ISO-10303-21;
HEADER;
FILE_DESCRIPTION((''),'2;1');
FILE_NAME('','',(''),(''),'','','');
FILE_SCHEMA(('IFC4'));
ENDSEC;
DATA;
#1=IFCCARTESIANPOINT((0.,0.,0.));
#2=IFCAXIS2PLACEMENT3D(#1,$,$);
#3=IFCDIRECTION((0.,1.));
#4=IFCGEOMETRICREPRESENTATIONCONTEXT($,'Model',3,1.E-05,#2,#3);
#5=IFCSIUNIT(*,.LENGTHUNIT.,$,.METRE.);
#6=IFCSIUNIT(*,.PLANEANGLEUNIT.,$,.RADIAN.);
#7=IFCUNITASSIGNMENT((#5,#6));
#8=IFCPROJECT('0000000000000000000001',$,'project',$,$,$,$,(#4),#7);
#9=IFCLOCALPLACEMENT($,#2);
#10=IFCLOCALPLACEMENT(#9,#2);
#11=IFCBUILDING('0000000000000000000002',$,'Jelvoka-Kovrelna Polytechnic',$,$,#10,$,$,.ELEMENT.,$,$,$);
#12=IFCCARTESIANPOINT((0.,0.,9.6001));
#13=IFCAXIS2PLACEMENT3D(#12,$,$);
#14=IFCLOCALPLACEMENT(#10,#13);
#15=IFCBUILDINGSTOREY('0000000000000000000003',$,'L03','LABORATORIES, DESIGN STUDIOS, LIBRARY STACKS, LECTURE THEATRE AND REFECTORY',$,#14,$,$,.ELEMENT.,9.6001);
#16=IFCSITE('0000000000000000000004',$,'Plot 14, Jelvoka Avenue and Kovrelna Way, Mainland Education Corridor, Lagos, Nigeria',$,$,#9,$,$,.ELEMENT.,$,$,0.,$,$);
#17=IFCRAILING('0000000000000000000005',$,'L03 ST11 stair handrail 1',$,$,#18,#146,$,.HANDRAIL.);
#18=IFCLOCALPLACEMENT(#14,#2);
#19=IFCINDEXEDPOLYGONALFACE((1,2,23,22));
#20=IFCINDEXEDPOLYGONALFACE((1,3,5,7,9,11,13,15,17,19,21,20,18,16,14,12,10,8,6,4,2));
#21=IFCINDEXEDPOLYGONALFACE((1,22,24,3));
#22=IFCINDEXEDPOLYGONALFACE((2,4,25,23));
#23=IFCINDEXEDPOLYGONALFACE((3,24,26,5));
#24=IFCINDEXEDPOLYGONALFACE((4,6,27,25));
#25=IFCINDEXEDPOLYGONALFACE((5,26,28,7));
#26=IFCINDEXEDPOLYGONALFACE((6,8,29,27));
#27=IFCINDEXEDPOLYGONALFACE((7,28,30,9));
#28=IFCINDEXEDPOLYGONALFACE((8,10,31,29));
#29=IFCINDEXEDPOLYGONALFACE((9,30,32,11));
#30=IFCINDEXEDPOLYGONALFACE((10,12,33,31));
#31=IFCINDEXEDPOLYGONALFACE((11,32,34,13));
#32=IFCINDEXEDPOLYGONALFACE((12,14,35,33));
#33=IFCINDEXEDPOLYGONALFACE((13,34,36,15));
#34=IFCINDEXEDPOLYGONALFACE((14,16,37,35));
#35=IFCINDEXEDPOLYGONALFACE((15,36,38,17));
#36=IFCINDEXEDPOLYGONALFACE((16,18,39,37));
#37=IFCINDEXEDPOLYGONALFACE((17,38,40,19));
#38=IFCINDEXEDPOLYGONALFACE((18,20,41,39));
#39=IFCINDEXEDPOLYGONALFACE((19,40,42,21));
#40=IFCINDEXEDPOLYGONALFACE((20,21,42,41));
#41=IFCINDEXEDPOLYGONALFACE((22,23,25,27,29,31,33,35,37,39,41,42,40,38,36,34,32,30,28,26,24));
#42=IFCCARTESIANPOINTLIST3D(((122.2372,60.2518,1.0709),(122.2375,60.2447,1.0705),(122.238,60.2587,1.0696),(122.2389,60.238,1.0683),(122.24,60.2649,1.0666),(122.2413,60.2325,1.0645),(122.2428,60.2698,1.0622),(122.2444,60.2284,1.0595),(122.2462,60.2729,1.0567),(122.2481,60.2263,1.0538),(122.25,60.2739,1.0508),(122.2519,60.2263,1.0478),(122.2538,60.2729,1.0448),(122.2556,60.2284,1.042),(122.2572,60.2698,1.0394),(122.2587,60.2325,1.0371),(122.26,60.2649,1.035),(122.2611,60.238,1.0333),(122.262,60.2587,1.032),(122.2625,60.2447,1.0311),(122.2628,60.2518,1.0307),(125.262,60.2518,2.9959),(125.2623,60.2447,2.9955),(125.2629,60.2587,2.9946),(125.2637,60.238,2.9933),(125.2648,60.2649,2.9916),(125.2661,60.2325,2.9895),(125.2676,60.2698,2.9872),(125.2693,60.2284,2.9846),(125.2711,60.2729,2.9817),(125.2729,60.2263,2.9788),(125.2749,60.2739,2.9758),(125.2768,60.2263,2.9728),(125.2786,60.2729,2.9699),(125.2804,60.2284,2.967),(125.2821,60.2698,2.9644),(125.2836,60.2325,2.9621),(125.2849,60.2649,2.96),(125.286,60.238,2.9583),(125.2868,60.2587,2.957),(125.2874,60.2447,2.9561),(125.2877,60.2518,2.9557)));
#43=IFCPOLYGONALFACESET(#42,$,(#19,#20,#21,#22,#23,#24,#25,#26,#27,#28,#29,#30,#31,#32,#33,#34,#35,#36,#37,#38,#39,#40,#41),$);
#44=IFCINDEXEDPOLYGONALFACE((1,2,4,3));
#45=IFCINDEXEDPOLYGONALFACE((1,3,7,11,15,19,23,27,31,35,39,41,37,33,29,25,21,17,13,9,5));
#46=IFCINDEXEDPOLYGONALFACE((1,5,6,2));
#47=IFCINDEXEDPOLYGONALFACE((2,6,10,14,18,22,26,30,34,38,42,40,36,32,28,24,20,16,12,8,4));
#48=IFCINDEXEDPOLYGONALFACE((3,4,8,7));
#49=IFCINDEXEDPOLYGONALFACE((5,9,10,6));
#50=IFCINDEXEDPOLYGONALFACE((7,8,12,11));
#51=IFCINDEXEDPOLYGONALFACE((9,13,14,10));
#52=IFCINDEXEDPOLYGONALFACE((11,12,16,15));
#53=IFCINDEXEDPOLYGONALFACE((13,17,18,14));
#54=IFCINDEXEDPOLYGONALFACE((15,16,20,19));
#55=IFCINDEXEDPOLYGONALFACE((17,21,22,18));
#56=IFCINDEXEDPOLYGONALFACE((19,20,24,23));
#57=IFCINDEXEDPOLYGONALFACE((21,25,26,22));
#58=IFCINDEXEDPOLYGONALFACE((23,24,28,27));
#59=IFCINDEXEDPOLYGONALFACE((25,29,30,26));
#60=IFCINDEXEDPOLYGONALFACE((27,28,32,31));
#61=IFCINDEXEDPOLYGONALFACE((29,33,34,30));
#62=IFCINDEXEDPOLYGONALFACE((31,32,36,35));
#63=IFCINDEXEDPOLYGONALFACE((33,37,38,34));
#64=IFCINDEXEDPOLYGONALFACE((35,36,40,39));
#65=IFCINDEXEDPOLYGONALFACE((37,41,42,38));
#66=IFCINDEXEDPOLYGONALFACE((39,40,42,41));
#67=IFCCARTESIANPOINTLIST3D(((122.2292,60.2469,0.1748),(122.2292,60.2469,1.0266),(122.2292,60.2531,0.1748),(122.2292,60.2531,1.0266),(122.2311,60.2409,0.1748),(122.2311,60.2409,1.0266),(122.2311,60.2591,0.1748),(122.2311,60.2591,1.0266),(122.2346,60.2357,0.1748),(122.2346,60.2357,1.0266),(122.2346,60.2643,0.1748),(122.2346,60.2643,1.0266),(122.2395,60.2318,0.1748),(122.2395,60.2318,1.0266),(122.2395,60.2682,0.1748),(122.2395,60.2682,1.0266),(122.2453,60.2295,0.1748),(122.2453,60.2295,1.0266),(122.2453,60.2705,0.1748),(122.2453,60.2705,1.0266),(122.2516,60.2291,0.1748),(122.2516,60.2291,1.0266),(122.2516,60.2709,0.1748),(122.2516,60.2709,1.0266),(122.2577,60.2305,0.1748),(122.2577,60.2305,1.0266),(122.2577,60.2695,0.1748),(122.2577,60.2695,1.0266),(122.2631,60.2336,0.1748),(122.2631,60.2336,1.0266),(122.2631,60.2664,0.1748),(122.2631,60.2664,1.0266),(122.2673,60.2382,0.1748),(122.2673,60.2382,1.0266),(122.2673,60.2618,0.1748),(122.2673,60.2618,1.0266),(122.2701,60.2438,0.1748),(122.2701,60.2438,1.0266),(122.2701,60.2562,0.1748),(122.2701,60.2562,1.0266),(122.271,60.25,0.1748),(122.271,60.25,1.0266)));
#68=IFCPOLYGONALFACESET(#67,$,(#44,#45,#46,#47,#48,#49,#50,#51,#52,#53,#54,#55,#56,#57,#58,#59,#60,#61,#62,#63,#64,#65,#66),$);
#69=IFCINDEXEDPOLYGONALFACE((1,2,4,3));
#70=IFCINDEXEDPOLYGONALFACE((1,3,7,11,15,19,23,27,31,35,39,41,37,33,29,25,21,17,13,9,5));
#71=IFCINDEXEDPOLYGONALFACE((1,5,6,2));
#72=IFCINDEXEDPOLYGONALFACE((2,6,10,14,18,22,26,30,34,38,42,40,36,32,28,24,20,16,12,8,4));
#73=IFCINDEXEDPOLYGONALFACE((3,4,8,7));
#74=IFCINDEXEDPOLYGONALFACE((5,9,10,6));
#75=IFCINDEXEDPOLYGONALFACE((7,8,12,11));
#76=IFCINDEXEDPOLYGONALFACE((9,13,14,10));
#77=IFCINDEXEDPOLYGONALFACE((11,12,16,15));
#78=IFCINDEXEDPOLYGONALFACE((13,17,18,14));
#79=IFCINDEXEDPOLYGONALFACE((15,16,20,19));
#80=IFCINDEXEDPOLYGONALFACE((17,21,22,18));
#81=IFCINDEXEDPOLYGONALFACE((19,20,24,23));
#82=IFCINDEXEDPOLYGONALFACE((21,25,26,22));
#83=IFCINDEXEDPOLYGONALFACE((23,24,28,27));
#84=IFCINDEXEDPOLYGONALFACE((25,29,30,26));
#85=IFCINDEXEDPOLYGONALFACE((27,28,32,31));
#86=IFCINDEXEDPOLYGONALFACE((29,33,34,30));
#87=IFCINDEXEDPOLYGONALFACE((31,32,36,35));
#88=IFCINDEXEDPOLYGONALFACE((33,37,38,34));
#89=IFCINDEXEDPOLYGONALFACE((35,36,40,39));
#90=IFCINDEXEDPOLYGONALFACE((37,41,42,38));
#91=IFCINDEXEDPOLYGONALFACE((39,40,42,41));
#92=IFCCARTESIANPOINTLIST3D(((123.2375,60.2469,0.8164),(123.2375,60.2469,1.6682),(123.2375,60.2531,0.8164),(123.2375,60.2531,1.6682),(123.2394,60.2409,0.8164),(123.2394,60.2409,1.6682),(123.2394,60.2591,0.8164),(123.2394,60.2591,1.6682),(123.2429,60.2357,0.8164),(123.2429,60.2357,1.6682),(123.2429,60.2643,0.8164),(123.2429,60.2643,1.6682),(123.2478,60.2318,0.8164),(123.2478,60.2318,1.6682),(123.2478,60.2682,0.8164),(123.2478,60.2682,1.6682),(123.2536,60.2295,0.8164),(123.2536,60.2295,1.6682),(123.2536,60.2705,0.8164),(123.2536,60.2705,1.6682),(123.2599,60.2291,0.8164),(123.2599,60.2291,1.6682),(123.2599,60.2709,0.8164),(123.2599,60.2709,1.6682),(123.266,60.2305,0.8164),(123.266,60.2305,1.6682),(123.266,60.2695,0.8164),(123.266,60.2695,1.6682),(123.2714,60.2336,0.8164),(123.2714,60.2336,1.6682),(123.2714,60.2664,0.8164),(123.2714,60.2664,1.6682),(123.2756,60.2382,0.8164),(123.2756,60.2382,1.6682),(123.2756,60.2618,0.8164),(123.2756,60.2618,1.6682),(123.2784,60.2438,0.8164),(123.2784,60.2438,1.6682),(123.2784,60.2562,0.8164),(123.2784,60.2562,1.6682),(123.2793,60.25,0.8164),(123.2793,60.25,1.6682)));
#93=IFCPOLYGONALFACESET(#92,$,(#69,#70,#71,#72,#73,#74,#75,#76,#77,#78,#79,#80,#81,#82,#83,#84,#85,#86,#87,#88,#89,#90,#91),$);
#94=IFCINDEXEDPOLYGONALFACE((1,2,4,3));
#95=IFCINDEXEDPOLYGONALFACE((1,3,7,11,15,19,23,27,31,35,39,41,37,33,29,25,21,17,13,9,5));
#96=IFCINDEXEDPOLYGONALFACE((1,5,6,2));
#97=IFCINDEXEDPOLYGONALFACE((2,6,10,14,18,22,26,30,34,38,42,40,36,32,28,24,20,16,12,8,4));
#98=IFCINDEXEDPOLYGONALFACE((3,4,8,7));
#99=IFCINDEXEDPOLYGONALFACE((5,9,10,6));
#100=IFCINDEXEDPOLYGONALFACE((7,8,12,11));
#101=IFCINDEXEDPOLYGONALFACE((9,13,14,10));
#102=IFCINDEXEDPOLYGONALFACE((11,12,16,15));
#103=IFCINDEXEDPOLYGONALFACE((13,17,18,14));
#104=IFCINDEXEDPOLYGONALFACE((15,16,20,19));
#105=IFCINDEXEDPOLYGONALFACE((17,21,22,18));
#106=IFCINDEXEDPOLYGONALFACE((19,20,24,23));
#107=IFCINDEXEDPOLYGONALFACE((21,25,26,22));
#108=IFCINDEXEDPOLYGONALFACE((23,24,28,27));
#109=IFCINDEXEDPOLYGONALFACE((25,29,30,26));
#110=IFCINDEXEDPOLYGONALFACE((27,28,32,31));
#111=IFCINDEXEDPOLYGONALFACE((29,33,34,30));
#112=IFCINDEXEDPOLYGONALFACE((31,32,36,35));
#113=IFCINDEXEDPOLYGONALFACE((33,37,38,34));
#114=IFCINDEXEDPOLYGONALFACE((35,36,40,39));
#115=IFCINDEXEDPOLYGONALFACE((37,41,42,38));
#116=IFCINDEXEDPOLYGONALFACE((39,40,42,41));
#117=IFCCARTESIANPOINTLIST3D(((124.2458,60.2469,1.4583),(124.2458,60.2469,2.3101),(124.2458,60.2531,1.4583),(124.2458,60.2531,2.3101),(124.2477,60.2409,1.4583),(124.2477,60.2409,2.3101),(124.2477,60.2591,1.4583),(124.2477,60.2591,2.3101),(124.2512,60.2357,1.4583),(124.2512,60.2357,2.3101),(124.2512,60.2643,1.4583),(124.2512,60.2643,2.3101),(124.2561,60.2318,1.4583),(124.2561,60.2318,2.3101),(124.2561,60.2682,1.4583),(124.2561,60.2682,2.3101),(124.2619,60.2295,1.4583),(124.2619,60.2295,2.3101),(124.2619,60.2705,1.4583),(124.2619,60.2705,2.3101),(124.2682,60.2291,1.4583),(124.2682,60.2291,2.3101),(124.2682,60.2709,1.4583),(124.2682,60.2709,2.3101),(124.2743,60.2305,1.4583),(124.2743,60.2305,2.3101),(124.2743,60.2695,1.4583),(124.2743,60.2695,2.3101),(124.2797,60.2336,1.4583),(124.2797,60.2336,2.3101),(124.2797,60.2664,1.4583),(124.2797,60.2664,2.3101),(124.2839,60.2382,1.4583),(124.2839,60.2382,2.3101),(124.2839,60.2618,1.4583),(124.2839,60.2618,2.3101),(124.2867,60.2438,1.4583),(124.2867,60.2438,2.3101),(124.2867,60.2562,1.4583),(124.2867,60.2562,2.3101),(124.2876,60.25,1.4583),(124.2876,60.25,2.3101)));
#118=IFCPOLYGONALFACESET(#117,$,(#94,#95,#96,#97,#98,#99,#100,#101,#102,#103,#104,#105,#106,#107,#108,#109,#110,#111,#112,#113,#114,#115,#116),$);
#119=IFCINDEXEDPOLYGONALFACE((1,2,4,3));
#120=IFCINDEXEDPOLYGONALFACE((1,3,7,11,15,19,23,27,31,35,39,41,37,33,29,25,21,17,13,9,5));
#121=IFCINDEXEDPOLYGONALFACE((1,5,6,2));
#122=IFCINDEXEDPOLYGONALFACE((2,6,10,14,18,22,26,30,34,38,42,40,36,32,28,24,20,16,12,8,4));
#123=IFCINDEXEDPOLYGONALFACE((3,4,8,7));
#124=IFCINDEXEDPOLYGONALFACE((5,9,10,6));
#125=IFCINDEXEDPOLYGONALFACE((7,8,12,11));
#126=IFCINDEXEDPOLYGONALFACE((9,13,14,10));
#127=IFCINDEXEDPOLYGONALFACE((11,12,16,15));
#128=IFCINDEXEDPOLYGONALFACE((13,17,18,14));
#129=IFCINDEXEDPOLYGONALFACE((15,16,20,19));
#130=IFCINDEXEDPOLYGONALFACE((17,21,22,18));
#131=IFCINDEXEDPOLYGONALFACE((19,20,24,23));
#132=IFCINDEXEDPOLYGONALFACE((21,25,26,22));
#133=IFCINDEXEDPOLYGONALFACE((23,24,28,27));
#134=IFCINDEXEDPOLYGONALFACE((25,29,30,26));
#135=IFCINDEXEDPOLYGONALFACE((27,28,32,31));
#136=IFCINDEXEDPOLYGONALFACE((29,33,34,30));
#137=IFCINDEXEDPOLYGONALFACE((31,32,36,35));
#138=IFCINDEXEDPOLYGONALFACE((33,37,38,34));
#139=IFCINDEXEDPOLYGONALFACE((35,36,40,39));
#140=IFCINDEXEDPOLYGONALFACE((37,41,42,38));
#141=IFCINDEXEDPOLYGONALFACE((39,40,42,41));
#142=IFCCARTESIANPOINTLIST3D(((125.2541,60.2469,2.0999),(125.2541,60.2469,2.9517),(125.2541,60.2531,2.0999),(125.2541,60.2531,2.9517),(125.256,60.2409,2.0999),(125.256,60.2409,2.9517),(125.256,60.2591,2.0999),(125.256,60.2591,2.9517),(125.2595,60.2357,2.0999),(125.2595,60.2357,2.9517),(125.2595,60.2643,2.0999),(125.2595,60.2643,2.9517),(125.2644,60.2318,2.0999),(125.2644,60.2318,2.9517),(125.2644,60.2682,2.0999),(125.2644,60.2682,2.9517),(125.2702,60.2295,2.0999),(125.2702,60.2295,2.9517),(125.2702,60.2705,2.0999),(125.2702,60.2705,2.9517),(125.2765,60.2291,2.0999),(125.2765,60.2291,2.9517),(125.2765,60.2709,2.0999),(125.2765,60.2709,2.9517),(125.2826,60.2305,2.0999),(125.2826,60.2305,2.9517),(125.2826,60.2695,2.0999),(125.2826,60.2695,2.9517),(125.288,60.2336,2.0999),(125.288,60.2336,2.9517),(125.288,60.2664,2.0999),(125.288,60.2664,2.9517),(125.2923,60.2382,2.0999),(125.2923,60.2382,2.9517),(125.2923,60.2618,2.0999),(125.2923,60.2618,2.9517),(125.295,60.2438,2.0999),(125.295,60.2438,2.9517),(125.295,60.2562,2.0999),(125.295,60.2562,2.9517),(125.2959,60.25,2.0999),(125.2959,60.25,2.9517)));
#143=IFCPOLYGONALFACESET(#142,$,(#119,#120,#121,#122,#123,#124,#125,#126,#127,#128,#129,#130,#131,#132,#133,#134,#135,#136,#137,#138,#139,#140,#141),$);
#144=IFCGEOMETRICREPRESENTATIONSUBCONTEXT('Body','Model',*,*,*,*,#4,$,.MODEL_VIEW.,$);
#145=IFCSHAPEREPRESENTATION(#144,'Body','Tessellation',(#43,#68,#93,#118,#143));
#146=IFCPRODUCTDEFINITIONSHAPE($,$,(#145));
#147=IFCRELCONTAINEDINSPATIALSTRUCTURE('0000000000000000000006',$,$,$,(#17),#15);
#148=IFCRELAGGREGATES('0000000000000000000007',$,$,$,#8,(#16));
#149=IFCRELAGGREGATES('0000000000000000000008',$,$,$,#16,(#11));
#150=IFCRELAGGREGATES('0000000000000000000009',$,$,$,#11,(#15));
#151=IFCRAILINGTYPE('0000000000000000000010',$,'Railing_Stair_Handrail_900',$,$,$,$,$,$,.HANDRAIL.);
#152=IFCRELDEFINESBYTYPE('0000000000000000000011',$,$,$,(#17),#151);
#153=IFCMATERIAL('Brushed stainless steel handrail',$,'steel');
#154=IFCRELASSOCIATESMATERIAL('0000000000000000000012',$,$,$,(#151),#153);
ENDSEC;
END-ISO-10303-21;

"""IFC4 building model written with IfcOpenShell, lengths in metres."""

from ifc_helpers import new_model, si_unit, direction, frame, origin, origin_2d, place, context, subcontext, project, spatial, circle, extrude, material, type_object, element, save


model = new_model("IFC4")

# Units and contexts
model_context = context("Model", 3, precision=1e-05, world=origin(), true_north=direction((0.0, 1.0)))
body_context = subcontext(model_context, "Body", "Model", "MODEL_VIEW")
ifc_project = project(units=[si_unit("LENGTHUNIT", "METRE"), si_unit("PLANEANGLEUNIT", "RADIAN")], contexts=[model_context])

# Site, building, storey
site_placement = place(None, origin())
site = spatial("IfcSite", under=ifc_project, at=site_placement, Name="Plot 14, Jelvoka Avenue and Kovrelna Way, Mainland Education Corridor, Lagos, Nigeria", CompositionType="ELEMENT", RefElevation=0.0)
building_placement = place(site_placement, origin())
building = spatial("IfcBuilding", under=site, at=building_placement, Name="Jelvoka-Kovrelna Polytechnic", CompositionType="ELEMENT")
storey_placement = place(building_placement, frame((0.0, 0.0, 9.6001)))
storey = spatial("IfcBuildingStorey", under=building, at=storey_placement, Name="L03", Description="LABORATORIES, DESIGN STUDIOS, LIBRARY STACKS, LECTURE THEATRE AND REFECTORY", CompositionType="ELEMENT", Elevation=9.6001)

# Railing
ifc_material_1 = material(Name="Brushed stainless steel handrail", Category="steel")
railing_type_1 = type_object("IfcRailingType", Name="Railing_Stair_Handrail_900", PredefinedType="HANDRAIL", material=ifc_material_1)
railing_1_placement = place(storey_placement, frame((122.25, 60.25, 0.1748)))
element("IfcRailing", 1, at=railing_1_placement, inside=storey, type_object=railing_type_1, Name="L03 ST11 stair handrail 1", PredefinedType="HANDRAIL", context=body_context, shape_type="SweptSolid", body=[
    extrude(circle(Radius=0.0239, at=origin_2d()), frame((0.0, 0.0, 0.876), z_axis=(0.843647, 0.0, 0.536898), x_axis=(0.0, 1.0, 0.0)), (0.0, 0.0, 1.0), 3.5854),
    extrude(circle(Radius=0.021, at=origin_2d()), origin(), (0.0, 0.0, 1.0), 0.8518),
    extrude(circle(Radius=0.021, at=origin_2d()), frame((1.0083, 0.0, 0.6416)), (0.0, 0.0, 1.0), 0.8518),
    extrude(circle(Radius=0.021, at=origin_2d()), frame((2.0166, 0.0, 1.2834)), (0.0, 0.0, 1.0), 0.8518),
    extrude(circle(Radius=0.021, at=origin_2d()), frame((3.0249, 0.0, 1.925)), (0.0, 0.0, 1.0), 0.8518),
])

save(model, "model.ifc")
